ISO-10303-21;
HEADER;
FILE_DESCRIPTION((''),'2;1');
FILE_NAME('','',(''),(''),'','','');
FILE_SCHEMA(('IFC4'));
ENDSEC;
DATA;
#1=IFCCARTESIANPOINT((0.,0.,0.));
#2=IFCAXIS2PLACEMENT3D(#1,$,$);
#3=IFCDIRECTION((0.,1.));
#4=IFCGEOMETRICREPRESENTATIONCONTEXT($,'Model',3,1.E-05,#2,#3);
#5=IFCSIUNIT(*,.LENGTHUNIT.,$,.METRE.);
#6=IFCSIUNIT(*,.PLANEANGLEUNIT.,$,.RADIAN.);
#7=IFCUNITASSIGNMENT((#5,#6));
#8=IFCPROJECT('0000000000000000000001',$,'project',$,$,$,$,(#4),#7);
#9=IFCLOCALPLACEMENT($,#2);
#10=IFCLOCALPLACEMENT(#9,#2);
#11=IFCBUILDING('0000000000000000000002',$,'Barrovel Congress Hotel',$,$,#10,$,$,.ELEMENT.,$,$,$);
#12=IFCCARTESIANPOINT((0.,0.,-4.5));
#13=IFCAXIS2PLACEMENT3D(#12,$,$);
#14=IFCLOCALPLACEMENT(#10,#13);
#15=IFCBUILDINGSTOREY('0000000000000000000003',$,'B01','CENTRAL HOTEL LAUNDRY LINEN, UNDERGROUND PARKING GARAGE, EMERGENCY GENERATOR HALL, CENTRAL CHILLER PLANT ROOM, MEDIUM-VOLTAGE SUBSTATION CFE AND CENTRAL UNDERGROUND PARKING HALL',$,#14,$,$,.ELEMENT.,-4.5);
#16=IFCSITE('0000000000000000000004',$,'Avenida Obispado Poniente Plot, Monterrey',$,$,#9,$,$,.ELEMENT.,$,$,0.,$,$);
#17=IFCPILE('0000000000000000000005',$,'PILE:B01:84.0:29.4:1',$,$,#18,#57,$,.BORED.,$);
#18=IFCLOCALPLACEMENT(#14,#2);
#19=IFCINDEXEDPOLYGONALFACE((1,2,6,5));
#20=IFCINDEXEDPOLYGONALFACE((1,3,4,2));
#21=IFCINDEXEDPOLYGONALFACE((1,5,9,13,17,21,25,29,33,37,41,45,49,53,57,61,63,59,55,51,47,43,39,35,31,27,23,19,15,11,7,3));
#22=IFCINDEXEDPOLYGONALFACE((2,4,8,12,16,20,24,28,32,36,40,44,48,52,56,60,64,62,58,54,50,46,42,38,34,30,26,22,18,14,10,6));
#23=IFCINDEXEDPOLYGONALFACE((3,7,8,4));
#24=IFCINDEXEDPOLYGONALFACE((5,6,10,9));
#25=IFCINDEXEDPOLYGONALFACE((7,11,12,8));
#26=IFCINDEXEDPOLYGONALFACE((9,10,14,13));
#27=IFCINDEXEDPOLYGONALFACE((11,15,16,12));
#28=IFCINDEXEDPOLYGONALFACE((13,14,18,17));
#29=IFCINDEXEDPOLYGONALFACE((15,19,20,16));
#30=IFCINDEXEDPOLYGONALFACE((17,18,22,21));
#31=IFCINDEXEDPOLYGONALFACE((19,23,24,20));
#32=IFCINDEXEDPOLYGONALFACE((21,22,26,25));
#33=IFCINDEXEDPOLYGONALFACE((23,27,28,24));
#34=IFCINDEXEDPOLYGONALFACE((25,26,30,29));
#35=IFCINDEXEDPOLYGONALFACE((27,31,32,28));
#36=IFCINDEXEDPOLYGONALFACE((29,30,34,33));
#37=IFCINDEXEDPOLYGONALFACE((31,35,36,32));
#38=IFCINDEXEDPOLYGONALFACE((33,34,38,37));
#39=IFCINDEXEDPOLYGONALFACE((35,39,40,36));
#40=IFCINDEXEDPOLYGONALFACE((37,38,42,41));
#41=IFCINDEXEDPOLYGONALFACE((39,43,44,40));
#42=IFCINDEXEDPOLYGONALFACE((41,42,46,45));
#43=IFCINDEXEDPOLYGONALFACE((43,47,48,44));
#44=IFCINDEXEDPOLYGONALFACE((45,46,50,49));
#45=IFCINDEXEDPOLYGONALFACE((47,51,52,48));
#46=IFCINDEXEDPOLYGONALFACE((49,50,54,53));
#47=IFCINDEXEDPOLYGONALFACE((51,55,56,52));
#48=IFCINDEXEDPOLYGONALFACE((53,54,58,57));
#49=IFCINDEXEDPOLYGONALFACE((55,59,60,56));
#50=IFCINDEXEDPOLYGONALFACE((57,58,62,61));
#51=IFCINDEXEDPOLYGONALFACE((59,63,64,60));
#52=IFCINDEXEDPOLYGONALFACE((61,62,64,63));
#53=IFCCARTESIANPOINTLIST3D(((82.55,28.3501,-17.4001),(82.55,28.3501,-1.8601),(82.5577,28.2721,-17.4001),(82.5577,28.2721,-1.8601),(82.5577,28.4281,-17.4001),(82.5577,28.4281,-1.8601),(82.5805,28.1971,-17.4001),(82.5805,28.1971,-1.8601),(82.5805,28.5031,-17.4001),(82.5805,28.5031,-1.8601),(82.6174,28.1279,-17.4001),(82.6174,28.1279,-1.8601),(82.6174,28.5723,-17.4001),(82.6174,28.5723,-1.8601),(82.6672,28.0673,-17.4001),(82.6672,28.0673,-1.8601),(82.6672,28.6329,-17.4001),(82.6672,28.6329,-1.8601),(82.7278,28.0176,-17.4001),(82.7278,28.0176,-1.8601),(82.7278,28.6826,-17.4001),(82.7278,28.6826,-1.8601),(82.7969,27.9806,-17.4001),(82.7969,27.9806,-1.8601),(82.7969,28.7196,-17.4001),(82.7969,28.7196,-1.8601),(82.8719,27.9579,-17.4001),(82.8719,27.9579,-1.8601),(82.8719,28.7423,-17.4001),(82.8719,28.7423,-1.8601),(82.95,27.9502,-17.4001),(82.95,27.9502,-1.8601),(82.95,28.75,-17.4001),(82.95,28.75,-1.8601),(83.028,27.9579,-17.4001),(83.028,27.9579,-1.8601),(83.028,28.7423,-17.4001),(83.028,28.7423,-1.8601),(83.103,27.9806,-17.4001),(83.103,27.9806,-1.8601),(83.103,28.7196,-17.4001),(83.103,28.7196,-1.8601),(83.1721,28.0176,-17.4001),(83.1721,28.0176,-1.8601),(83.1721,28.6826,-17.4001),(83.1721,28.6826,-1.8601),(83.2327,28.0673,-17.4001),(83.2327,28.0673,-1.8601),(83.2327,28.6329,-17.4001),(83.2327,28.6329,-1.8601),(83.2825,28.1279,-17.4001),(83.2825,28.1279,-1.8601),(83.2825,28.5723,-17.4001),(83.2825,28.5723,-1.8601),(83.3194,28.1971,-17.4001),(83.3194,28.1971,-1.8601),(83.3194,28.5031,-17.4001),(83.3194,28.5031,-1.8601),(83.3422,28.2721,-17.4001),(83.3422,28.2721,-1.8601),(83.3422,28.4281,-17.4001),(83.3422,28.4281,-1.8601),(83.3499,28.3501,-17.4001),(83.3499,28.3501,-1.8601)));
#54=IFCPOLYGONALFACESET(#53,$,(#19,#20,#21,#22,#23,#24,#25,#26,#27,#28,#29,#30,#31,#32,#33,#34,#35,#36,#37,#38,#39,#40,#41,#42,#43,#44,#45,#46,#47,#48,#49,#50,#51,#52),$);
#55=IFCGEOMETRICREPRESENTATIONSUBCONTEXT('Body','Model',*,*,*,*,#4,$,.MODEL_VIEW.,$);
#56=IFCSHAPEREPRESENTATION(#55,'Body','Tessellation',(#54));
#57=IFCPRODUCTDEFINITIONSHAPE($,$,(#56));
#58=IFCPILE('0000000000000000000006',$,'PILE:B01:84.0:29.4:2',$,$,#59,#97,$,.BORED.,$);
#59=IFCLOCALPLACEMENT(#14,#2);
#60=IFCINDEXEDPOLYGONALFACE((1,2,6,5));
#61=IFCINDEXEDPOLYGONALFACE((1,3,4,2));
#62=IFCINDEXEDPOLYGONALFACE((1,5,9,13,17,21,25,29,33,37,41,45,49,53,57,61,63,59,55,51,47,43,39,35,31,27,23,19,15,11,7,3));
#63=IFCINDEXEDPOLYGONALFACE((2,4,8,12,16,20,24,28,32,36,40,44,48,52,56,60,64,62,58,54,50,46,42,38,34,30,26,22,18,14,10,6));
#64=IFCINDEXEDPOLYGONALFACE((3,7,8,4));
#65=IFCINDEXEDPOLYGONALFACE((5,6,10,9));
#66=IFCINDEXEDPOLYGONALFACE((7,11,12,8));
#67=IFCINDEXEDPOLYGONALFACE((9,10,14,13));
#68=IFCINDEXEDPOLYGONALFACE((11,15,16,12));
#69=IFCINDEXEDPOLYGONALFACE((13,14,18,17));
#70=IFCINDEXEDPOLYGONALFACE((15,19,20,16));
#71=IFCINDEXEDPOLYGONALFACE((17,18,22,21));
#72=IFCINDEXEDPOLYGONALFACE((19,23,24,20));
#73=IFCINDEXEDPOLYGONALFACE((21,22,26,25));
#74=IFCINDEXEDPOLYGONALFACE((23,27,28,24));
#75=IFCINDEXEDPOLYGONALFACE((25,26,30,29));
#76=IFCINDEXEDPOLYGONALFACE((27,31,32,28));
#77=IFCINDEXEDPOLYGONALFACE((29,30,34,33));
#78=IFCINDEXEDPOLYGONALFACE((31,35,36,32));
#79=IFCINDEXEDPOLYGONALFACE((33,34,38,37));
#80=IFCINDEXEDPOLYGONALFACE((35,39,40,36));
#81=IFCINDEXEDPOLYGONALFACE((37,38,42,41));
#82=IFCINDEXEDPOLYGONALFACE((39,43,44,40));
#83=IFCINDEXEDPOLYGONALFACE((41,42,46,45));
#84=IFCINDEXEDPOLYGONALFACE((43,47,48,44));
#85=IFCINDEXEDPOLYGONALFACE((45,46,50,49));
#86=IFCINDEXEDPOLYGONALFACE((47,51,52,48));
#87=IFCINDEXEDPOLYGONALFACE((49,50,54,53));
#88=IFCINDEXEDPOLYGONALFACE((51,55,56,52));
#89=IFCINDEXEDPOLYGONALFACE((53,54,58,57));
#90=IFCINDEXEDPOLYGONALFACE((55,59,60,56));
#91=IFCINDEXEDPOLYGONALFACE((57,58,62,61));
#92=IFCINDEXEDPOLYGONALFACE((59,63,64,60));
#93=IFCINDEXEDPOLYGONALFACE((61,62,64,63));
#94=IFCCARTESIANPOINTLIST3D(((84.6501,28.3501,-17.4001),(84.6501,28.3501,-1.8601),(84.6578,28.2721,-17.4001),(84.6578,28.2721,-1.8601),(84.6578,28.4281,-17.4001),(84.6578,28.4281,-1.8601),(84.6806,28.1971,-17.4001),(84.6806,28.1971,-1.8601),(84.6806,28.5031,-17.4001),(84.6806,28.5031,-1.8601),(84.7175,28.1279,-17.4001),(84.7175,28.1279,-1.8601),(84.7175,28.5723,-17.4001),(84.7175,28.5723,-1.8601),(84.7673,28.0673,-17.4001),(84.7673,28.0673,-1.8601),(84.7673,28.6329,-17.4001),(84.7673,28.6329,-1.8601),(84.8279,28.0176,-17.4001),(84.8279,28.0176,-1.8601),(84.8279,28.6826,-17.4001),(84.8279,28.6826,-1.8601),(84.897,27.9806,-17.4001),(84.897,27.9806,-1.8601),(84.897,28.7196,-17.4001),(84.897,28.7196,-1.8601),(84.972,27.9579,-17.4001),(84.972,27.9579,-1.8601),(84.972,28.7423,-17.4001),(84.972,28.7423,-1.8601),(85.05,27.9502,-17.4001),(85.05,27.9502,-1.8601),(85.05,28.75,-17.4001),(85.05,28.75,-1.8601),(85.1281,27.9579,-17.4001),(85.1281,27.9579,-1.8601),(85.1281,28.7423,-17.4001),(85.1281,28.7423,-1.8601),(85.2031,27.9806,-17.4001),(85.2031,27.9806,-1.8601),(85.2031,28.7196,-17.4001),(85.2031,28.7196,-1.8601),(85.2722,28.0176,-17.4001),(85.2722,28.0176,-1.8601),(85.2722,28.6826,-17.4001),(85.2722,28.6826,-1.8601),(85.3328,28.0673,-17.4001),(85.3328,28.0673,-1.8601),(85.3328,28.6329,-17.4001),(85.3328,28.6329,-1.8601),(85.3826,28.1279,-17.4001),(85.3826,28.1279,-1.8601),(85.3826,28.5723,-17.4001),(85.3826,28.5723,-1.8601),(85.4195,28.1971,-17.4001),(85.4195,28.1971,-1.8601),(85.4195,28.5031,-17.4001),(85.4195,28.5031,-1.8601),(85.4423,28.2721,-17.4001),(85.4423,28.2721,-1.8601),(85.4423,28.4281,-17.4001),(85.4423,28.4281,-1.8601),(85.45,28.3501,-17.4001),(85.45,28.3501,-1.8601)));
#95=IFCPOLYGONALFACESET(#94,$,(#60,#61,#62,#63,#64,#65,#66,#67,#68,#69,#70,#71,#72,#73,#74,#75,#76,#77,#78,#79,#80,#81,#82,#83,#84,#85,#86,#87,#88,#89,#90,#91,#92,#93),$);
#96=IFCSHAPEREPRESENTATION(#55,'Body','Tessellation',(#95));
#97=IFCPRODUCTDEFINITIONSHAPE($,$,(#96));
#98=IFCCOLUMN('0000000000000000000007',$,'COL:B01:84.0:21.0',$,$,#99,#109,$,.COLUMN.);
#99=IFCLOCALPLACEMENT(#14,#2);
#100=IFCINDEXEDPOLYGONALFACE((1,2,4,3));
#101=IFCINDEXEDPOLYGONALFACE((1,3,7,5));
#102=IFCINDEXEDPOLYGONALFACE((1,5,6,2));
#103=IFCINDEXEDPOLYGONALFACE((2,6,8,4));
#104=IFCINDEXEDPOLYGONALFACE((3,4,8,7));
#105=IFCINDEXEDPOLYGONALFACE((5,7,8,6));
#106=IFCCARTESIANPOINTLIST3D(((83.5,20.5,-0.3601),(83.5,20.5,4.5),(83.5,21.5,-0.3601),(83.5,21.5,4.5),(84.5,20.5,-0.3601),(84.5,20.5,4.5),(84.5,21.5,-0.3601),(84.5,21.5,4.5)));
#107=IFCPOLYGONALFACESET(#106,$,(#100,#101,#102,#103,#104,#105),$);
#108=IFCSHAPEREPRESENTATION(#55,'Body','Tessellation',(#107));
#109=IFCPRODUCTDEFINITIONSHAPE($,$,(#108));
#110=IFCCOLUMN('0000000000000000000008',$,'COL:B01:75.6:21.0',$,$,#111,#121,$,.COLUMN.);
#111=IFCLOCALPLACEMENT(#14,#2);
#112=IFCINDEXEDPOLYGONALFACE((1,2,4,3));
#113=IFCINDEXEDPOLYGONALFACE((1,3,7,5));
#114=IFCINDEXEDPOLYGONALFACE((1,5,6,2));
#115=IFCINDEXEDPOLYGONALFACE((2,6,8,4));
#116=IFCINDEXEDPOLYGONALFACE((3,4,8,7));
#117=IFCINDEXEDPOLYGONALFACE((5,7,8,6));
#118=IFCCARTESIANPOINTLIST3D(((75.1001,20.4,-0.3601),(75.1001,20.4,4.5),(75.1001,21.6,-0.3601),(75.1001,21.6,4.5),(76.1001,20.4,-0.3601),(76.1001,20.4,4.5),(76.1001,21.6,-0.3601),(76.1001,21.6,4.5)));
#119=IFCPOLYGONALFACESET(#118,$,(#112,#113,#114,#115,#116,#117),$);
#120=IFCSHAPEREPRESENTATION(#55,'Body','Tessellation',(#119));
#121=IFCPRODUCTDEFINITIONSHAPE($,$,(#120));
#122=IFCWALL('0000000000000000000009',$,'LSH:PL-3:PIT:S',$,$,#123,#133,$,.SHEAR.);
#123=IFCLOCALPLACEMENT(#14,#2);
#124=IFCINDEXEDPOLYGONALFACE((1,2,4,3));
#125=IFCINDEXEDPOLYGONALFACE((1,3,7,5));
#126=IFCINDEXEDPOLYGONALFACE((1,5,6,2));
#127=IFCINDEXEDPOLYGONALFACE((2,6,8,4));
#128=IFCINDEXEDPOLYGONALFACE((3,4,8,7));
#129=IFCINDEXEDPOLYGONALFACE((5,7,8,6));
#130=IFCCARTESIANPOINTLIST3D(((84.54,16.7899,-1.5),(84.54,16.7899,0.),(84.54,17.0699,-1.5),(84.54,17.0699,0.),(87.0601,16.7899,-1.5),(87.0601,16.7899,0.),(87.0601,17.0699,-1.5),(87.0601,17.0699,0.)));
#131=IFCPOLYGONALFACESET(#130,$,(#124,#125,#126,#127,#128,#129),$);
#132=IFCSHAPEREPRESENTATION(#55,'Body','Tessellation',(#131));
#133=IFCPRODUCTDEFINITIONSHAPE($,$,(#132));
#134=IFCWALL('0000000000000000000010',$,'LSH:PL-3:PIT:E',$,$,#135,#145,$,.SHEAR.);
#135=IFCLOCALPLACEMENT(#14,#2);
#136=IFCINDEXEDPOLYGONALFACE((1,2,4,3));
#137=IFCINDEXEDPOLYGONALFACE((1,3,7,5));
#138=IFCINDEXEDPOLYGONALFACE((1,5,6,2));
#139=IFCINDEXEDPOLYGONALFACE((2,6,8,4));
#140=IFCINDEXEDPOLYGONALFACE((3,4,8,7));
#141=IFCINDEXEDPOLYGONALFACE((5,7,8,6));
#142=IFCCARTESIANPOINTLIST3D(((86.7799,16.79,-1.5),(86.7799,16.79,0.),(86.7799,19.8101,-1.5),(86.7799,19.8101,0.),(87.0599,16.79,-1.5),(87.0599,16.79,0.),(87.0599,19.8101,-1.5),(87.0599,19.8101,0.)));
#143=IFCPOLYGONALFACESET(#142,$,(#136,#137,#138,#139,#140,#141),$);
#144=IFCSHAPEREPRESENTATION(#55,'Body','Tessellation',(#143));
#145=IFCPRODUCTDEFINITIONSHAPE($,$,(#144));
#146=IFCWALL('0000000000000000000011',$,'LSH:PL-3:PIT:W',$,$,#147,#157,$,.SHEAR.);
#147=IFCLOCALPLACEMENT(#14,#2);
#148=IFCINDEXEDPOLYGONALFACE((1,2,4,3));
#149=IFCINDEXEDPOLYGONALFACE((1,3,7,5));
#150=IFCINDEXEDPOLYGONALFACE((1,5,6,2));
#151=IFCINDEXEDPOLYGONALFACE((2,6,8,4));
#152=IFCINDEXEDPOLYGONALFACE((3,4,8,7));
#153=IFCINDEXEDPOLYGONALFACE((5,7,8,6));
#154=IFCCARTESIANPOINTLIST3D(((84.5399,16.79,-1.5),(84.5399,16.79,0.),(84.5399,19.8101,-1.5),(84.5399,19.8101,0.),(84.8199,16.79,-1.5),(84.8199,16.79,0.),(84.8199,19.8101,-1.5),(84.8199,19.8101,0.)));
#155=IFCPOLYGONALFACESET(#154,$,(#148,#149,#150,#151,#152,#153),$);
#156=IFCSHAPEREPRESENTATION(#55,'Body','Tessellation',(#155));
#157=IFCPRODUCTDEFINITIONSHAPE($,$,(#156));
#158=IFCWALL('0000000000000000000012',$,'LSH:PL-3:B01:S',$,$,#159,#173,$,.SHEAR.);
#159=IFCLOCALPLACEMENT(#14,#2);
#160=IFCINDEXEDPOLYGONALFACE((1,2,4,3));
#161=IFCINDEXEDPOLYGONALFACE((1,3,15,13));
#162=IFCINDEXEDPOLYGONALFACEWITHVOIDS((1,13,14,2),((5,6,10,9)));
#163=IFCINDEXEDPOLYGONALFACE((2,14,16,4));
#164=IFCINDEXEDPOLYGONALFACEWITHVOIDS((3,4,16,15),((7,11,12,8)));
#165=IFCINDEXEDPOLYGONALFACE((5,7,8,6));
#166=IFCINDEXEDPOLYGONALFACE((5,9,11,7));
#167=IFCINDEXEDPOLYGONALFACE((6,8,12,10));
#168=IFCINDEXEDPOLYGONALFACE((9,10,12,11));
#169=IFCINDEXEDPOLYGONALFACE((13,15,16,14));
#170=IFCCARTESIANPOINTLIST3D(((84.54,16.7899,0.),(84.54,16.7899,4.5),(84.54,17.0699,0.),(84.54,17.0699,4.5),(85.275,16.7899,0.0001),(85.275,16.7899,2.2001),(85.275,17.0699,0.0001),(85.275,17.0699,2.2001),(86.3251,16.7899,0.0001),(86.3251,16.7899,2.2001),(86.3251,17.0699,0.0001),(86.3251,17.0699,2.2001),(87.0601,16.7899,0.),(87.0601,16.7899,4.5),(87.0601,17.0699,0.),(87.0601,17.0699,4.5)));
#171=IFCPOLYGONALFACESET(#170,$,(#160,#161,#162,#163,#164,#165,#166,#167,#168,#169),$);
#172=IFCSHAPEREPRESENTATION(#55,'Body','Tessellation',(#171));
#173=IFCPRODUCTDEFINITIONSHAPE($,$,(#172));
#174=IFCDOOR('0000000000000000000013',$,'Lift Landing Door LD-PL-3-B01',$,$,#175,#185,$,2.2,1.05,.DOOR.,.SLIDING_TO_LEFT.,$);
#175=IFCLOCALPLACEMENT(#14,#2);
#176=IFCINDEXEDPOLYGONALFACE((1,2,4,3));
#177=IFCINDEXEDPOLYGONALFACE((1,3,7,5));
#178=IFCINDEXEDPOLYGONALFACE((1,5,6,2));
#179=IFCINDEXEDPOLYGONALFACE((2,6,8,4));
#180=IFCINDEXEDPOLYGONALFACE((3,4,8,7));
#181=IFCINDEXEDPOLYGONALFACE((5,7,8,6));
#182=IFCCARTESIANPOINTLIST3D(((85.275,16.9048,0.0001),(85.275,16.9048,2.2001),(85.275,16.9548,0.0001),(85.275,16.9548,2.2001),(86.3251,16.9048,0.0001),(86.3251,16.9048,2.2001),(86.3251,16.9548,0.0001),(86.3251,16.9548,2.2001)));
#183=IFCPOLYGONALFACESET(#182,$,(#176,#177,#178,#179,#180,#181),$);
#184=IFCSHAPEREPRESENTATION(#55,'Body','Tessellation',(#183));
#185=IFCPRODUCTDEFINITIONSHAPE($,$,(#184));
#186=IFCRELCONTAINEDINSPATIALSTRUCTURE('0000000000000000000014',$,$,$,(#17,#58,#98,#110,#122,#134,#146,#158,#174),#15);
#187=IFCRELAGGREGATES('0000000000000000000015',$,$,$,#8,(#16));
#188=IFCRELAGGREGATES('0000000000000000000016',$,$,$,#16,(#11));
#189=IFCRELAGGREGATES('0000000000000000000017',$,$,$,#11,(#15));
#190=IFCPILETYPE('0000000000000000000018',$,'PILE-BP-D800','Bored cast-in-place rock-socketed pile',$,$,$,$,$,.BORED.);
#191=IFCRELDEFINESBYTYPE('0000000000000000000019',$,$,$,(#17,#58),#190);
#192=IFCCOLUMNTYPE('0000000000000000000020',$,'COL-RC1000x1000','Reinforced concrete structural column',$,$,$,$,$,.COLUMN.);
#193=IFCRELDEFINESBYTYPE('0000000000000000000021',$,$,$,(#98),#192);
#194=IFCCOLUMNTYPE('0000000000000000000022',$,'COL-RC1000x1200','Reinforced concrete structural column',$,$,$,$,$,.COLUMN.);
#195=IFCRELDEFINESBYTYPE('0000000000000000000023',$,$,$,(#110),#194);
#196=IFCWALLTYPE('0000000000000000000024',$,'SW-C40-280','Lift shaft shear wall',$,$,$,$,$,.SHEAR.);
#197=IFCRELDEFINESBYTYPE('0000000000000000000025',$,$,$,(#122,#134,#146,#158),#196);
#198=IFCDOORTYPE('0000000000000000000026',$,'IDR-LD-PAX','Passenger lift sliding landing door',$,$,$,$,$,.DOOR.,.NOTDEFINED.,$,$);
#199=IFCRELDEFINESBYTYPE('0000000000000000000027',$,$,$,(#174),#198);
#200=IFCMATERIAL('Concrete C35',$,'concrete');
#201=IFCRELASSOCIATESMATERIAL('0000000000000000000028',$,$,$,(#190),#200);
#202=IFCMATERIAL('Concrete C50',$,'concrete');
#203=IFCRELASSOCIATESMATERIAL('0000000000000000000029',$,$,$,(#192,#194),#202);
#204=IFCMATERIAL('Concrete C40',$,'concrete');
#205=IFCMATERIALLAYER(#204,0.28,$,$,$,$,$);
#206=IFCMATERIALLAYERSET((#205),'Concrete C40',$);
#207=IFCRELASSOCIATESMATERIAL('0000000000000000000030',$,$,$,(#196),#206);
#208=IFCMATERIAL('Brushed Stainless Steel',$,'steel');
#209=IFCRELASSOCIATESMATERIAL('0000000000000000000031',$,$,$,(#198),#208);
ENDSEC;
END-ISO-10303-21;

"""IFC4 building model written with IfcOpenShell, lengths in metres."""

from ifc_helpers import new_model, si_unit, direction, frame, frame_2d, origin, origin_2d, place, context, subcontext, project, spatial, rectangle, circle, extrude, material, layer, layer_set, material_profile, profile_set, type_object, element, fill, save


model = new_model("IFC4")

# Units and contexts
model_context = context("Model", 3, precision=1e-05, world=origin(), true_north=direction((0.0, 1.0)))
body_context = subcontext(model_context, "Body", "Model", "MODEL_VIEW")
ifc_project = project(units=[si_unit("LENGTHUNIT", "METRE"), si_unit("PLANEANGLEUNIT", "RADIAN")], contexts=[model_context])

# Site, building, storey
site_placement = place(None, origin())
site = spatial("IfcSite", under=ifc_project, at=site_placement, Name="Avenida Obispado Poniente Plot, Monterrey", CompositionType="ELEMENT", RefElevation=0.0)
building_placement = place(site_placement, origin())
building = spatial("IfcBuilding", under=site, at=building_placement, Name="Barrovel Congress Hotel", CompositionType="ELEMENT")
storey_placement = place(building_placement, frame((0.0, 0.0, -4.5)))
storey = spatial("IfcBuildingStorey", under=building, at=storey_placement, Name="B01", Description="CENTRAL HOTEL LAUNDRY LINEN, UNDERGROUND PARKING GARAGE, EMERGENCY GENERATOR HALL, CENTRAL CHILLER PLANT ROOM, MEDIUM-VOLTAGE SUBSTATION CFE AND CENTRAL UNDERGROUND PARKING HALL", CompositionType="ELEMENT", Elevation=-4.5)

# Shared definitions
ifc_material_1 = material(Name="Concrete C40", Category="concrete")

# Piles
ifc_material_2 = material(Name="Concrete C35", Category="concrete")
ifc_material_profile_1 = material_profile(ifc_material_2, circle(Radius=0.3999, at=origin_2d()), Name="BP-D800")
ifc_profile_set_1 = profile_set([ifc_material_profile_1], Name="Concrete C35")
pile_type_1 = type_object("IfcPileType", Name="PILE-BP-D800", Description="Bored cast-in-place rock-socketed pile", PredefinedType="BORED", material=ifc_profile_set_1)
for number, where, z_axis, x_axis, name in (
    (1, (82.95, 28.3501, -1.8601), (0.0, 0.0, -1.0), (1.0, 0.0, 0.0), "PILE:B01:84.0:29.4:1"),
    (2, (85.05, 28.3501, -1.8601), (0.0, 0.0, -1.0), (1.0, 0.0, 0.0), "PILE:B01:84.0:29.4:2"),
):
    element("IfcPile", number, at=place(storey_placement, frame(where, z_axis=z_axis, x_axis=x_axis)), inside=storey, type_object=pile_type_1, Name=name, PredefinedType="BORED", context=body_context, shape_type="SweptSolid", body=[
        extrude(circle(Radius=0.3999, at=origin_2d()), origin(), (0.0, 0.0, 1.0), 15.54),
    ])

# Columns
ifc_material_3 = material(Name="Concrete C50", Category="concrete")
ifc_material_profile_2 = material_profile(ifc_material_3, rectangle(XDim=1.0, YDim=1.0, at=origin_2d()), Name="RC1000x1000")
ifc_profile_set_2 = profile_set([ifc_material_profile_2], Name="Concrete C50")
column_type_1 = type_object("IfcColumnType", Name="COL-RC1000x1000", Description="Reinforced concrete structural column", PredefinedType="COLUMN", material=ifc_profile_set_2)
column_1_placement = place(storey_placement, frame((84.0, 21.0, -0.3601), z_axis=(0.0, 0.0, 1.0), x_axis=(1.0, 0.0, 0.0)))
element("IfcColumn", 3, at=column_1_placement, inside=storey, type_object=column_type_1, Name="COL:B01:84.0:21.0", PredefinedType="COLUMN", context=body_context, shape_type="SweptSolid", body=[
    extrude(rectangle(XDim=1.0, YDim=1.0, at=origin_2d()), origin(), (0.0, 0.0, 1.0), 4.8601),
])
ifc_material_profile_3 = material_profile(ifc_material_3, rectangle(XDim=1.0, YDim=1.2, at=origin_2d()), Name="RC1000x1200")
ifc_profile_set_3 = profile_set([ifc_material_profile_3], Name="Concrete C50")
column_type_2 = type_object("IfcColumnType", Name="COL-RC1000x1200", Description="Reinforced concrete structural column", PredefinedType="COLUMN", material=ifc_profile_set_3)
column_2_placement = place(storey_placement, frame((75.6001, 21.0, -0.3601), z_axis=(0.0, 0.0, 1.0), x_axis=(1.0, 0.0, 0.0)))
element("IfcColumn", 4, at=column_2_placement, inside=storey, type_object=column_type_2, Name="COL:B01:75.6:21.0", PredefinedType="COLUMN", context=body_context, shape_type="SweptSolid", body=[
    extrude(rectangle(XDim=1.0, YDim=1.2, at=origin_2d()), origin(), (0.0, 0.0, 1.0), 4.8601),
])

# Walls
ifc_layer_1 = layer(ifc_material_1, 0.28)
ifc_layer_set_1 = layer_set([ifc_layer_1], Name="Concrete C40")
wall_type_1 = type_object("IfcWallType", Name="SW-C40-280", Description="Lift shaft shear wall", PredefinedType="SHEAR", material=ifc_layer_set_1)
wall_1_placement = place(storey_placement, frame((84.54, 16.9299, -1.5), z_axis=(0.0, 0.0, 1.0), x_axis=(1.0, 0.0, 0.0)))
element("IfcWall", 5, at=wall_1_placement, inside=storey, type_object=wall_type_1, Name="LSH:PL-3:PIT:S", PredefinedType="SHEAR", context=body_context, shape_type="SweptSolid", body=[
    extrude(rectangle(XDim=2.52, YDim=0.28, at=frame_2d((1.26, 0.0))), origin(), (0.0, 0.0, 1.0), 1.5),
])
for number, where, z_axis, x_axis, name in (
    (6, (86.9199, 16.79, -1.5), (0.0, 0.0, 1.0), (0.0, 1.0, 0.0), "LSH:PL-3:PIT:E"),
    (7, (84.6799, 19.8101, -1.5), (0.0, 0.0, 1.0), (0.0, -1.0, 0.0), "LSH:PL-3:PIT:W"),
):
    element("IfcWall", number, at=place(storey_placement, frame(where, z_axis=z_axis, x_axis=x_axis)), inside=storey, type_object=wall_type_1, Name=name, PredefinedType="SHEAR", context=body_context, shape_type="SweptSolid", body=[
        extrude(rectangle(XDim=3.02, YDim=0.28, at=frame_2d((1.51, 0.0))), origin(), (0.0, 0.0, 1.0), 1.5),
    ])

# Wall, opening, door
wall_2_placement = place(storey_placement, frame((84.54, 16.9299, 0.0), z_axis=(0.0, 0.0, 1.0), x_axis=(1.0, 0.0, 0.0)))
wall_2 = element("IfcWall", 8, at=wall_2_placement, inside=storey, type_object=wall_type_1, Name="LSH:PL-3:B01:S", PredefinedType="SHEAR", context=body_context, shape_type="SweptSolid", body=[
    extrude(rectangle(XDim=2.52, YDim=0.28, at=frame_2d((1.26, 0.0))), origin(), (0.0, 0.0, 1.0), 4.5),
])
opening_placement = place(wall_2_placement, frame((0.7351, 0.0, 0.0)))
opening = element("IfcOpeningElement", 9, at=opening_placement, cuts=wall_2, PredefinedType="OPENING", context=body_context, shape_type="SweptSolid", body=[
    extrude(rectangle(XDim=1.05, YDim=2.2, at=frame_2d((0.5249, 1.1001))), frame((0.0, 0.1499, 0.0), z_axis=(0.0, -1.0, 0.0), x_axis=(1.0, 0.0, 0.0)), (0.0, 0.0, 1.0), 0.3),
])
ifc_material_4 = material(Name="Brushed Stainless Steel", Category="steel")
door_type = type_object("IfcDoorType", Name="IDR-LD-PAX", Description="Passenger lift sliding landing door", OperationType="NOTDEFINED", PredefinedType="DOOR", material=ifc_material_4)
door_placement = place(opening_placement, origin())
door = element("IfcDoor", 10, at=door_placement, inside=storey, type_object=door_type, Name="Lift Landing Door LD-PL-3-B01", OperationType="SLIDING_TO_LEFT", OverallHeight=2.2, OverallWidth=1.05, PredefinedType="DOOR", context=body_context, shape_type="SweptSolid", body=[
    extrude(rectangle(XDim=1.05, YDim=2.2, at=frame_2d((0.5249, 1.1001))), frame((0.0, 0.0249, 0.0), z_axis=(0.0, -1.0, 0.0), x_axis=(1.0, 0.0, 0.0)), (0.0, 0.0, 1.0), 0.05),
])
fill(opening, door)

save(model, "model.ifc")
